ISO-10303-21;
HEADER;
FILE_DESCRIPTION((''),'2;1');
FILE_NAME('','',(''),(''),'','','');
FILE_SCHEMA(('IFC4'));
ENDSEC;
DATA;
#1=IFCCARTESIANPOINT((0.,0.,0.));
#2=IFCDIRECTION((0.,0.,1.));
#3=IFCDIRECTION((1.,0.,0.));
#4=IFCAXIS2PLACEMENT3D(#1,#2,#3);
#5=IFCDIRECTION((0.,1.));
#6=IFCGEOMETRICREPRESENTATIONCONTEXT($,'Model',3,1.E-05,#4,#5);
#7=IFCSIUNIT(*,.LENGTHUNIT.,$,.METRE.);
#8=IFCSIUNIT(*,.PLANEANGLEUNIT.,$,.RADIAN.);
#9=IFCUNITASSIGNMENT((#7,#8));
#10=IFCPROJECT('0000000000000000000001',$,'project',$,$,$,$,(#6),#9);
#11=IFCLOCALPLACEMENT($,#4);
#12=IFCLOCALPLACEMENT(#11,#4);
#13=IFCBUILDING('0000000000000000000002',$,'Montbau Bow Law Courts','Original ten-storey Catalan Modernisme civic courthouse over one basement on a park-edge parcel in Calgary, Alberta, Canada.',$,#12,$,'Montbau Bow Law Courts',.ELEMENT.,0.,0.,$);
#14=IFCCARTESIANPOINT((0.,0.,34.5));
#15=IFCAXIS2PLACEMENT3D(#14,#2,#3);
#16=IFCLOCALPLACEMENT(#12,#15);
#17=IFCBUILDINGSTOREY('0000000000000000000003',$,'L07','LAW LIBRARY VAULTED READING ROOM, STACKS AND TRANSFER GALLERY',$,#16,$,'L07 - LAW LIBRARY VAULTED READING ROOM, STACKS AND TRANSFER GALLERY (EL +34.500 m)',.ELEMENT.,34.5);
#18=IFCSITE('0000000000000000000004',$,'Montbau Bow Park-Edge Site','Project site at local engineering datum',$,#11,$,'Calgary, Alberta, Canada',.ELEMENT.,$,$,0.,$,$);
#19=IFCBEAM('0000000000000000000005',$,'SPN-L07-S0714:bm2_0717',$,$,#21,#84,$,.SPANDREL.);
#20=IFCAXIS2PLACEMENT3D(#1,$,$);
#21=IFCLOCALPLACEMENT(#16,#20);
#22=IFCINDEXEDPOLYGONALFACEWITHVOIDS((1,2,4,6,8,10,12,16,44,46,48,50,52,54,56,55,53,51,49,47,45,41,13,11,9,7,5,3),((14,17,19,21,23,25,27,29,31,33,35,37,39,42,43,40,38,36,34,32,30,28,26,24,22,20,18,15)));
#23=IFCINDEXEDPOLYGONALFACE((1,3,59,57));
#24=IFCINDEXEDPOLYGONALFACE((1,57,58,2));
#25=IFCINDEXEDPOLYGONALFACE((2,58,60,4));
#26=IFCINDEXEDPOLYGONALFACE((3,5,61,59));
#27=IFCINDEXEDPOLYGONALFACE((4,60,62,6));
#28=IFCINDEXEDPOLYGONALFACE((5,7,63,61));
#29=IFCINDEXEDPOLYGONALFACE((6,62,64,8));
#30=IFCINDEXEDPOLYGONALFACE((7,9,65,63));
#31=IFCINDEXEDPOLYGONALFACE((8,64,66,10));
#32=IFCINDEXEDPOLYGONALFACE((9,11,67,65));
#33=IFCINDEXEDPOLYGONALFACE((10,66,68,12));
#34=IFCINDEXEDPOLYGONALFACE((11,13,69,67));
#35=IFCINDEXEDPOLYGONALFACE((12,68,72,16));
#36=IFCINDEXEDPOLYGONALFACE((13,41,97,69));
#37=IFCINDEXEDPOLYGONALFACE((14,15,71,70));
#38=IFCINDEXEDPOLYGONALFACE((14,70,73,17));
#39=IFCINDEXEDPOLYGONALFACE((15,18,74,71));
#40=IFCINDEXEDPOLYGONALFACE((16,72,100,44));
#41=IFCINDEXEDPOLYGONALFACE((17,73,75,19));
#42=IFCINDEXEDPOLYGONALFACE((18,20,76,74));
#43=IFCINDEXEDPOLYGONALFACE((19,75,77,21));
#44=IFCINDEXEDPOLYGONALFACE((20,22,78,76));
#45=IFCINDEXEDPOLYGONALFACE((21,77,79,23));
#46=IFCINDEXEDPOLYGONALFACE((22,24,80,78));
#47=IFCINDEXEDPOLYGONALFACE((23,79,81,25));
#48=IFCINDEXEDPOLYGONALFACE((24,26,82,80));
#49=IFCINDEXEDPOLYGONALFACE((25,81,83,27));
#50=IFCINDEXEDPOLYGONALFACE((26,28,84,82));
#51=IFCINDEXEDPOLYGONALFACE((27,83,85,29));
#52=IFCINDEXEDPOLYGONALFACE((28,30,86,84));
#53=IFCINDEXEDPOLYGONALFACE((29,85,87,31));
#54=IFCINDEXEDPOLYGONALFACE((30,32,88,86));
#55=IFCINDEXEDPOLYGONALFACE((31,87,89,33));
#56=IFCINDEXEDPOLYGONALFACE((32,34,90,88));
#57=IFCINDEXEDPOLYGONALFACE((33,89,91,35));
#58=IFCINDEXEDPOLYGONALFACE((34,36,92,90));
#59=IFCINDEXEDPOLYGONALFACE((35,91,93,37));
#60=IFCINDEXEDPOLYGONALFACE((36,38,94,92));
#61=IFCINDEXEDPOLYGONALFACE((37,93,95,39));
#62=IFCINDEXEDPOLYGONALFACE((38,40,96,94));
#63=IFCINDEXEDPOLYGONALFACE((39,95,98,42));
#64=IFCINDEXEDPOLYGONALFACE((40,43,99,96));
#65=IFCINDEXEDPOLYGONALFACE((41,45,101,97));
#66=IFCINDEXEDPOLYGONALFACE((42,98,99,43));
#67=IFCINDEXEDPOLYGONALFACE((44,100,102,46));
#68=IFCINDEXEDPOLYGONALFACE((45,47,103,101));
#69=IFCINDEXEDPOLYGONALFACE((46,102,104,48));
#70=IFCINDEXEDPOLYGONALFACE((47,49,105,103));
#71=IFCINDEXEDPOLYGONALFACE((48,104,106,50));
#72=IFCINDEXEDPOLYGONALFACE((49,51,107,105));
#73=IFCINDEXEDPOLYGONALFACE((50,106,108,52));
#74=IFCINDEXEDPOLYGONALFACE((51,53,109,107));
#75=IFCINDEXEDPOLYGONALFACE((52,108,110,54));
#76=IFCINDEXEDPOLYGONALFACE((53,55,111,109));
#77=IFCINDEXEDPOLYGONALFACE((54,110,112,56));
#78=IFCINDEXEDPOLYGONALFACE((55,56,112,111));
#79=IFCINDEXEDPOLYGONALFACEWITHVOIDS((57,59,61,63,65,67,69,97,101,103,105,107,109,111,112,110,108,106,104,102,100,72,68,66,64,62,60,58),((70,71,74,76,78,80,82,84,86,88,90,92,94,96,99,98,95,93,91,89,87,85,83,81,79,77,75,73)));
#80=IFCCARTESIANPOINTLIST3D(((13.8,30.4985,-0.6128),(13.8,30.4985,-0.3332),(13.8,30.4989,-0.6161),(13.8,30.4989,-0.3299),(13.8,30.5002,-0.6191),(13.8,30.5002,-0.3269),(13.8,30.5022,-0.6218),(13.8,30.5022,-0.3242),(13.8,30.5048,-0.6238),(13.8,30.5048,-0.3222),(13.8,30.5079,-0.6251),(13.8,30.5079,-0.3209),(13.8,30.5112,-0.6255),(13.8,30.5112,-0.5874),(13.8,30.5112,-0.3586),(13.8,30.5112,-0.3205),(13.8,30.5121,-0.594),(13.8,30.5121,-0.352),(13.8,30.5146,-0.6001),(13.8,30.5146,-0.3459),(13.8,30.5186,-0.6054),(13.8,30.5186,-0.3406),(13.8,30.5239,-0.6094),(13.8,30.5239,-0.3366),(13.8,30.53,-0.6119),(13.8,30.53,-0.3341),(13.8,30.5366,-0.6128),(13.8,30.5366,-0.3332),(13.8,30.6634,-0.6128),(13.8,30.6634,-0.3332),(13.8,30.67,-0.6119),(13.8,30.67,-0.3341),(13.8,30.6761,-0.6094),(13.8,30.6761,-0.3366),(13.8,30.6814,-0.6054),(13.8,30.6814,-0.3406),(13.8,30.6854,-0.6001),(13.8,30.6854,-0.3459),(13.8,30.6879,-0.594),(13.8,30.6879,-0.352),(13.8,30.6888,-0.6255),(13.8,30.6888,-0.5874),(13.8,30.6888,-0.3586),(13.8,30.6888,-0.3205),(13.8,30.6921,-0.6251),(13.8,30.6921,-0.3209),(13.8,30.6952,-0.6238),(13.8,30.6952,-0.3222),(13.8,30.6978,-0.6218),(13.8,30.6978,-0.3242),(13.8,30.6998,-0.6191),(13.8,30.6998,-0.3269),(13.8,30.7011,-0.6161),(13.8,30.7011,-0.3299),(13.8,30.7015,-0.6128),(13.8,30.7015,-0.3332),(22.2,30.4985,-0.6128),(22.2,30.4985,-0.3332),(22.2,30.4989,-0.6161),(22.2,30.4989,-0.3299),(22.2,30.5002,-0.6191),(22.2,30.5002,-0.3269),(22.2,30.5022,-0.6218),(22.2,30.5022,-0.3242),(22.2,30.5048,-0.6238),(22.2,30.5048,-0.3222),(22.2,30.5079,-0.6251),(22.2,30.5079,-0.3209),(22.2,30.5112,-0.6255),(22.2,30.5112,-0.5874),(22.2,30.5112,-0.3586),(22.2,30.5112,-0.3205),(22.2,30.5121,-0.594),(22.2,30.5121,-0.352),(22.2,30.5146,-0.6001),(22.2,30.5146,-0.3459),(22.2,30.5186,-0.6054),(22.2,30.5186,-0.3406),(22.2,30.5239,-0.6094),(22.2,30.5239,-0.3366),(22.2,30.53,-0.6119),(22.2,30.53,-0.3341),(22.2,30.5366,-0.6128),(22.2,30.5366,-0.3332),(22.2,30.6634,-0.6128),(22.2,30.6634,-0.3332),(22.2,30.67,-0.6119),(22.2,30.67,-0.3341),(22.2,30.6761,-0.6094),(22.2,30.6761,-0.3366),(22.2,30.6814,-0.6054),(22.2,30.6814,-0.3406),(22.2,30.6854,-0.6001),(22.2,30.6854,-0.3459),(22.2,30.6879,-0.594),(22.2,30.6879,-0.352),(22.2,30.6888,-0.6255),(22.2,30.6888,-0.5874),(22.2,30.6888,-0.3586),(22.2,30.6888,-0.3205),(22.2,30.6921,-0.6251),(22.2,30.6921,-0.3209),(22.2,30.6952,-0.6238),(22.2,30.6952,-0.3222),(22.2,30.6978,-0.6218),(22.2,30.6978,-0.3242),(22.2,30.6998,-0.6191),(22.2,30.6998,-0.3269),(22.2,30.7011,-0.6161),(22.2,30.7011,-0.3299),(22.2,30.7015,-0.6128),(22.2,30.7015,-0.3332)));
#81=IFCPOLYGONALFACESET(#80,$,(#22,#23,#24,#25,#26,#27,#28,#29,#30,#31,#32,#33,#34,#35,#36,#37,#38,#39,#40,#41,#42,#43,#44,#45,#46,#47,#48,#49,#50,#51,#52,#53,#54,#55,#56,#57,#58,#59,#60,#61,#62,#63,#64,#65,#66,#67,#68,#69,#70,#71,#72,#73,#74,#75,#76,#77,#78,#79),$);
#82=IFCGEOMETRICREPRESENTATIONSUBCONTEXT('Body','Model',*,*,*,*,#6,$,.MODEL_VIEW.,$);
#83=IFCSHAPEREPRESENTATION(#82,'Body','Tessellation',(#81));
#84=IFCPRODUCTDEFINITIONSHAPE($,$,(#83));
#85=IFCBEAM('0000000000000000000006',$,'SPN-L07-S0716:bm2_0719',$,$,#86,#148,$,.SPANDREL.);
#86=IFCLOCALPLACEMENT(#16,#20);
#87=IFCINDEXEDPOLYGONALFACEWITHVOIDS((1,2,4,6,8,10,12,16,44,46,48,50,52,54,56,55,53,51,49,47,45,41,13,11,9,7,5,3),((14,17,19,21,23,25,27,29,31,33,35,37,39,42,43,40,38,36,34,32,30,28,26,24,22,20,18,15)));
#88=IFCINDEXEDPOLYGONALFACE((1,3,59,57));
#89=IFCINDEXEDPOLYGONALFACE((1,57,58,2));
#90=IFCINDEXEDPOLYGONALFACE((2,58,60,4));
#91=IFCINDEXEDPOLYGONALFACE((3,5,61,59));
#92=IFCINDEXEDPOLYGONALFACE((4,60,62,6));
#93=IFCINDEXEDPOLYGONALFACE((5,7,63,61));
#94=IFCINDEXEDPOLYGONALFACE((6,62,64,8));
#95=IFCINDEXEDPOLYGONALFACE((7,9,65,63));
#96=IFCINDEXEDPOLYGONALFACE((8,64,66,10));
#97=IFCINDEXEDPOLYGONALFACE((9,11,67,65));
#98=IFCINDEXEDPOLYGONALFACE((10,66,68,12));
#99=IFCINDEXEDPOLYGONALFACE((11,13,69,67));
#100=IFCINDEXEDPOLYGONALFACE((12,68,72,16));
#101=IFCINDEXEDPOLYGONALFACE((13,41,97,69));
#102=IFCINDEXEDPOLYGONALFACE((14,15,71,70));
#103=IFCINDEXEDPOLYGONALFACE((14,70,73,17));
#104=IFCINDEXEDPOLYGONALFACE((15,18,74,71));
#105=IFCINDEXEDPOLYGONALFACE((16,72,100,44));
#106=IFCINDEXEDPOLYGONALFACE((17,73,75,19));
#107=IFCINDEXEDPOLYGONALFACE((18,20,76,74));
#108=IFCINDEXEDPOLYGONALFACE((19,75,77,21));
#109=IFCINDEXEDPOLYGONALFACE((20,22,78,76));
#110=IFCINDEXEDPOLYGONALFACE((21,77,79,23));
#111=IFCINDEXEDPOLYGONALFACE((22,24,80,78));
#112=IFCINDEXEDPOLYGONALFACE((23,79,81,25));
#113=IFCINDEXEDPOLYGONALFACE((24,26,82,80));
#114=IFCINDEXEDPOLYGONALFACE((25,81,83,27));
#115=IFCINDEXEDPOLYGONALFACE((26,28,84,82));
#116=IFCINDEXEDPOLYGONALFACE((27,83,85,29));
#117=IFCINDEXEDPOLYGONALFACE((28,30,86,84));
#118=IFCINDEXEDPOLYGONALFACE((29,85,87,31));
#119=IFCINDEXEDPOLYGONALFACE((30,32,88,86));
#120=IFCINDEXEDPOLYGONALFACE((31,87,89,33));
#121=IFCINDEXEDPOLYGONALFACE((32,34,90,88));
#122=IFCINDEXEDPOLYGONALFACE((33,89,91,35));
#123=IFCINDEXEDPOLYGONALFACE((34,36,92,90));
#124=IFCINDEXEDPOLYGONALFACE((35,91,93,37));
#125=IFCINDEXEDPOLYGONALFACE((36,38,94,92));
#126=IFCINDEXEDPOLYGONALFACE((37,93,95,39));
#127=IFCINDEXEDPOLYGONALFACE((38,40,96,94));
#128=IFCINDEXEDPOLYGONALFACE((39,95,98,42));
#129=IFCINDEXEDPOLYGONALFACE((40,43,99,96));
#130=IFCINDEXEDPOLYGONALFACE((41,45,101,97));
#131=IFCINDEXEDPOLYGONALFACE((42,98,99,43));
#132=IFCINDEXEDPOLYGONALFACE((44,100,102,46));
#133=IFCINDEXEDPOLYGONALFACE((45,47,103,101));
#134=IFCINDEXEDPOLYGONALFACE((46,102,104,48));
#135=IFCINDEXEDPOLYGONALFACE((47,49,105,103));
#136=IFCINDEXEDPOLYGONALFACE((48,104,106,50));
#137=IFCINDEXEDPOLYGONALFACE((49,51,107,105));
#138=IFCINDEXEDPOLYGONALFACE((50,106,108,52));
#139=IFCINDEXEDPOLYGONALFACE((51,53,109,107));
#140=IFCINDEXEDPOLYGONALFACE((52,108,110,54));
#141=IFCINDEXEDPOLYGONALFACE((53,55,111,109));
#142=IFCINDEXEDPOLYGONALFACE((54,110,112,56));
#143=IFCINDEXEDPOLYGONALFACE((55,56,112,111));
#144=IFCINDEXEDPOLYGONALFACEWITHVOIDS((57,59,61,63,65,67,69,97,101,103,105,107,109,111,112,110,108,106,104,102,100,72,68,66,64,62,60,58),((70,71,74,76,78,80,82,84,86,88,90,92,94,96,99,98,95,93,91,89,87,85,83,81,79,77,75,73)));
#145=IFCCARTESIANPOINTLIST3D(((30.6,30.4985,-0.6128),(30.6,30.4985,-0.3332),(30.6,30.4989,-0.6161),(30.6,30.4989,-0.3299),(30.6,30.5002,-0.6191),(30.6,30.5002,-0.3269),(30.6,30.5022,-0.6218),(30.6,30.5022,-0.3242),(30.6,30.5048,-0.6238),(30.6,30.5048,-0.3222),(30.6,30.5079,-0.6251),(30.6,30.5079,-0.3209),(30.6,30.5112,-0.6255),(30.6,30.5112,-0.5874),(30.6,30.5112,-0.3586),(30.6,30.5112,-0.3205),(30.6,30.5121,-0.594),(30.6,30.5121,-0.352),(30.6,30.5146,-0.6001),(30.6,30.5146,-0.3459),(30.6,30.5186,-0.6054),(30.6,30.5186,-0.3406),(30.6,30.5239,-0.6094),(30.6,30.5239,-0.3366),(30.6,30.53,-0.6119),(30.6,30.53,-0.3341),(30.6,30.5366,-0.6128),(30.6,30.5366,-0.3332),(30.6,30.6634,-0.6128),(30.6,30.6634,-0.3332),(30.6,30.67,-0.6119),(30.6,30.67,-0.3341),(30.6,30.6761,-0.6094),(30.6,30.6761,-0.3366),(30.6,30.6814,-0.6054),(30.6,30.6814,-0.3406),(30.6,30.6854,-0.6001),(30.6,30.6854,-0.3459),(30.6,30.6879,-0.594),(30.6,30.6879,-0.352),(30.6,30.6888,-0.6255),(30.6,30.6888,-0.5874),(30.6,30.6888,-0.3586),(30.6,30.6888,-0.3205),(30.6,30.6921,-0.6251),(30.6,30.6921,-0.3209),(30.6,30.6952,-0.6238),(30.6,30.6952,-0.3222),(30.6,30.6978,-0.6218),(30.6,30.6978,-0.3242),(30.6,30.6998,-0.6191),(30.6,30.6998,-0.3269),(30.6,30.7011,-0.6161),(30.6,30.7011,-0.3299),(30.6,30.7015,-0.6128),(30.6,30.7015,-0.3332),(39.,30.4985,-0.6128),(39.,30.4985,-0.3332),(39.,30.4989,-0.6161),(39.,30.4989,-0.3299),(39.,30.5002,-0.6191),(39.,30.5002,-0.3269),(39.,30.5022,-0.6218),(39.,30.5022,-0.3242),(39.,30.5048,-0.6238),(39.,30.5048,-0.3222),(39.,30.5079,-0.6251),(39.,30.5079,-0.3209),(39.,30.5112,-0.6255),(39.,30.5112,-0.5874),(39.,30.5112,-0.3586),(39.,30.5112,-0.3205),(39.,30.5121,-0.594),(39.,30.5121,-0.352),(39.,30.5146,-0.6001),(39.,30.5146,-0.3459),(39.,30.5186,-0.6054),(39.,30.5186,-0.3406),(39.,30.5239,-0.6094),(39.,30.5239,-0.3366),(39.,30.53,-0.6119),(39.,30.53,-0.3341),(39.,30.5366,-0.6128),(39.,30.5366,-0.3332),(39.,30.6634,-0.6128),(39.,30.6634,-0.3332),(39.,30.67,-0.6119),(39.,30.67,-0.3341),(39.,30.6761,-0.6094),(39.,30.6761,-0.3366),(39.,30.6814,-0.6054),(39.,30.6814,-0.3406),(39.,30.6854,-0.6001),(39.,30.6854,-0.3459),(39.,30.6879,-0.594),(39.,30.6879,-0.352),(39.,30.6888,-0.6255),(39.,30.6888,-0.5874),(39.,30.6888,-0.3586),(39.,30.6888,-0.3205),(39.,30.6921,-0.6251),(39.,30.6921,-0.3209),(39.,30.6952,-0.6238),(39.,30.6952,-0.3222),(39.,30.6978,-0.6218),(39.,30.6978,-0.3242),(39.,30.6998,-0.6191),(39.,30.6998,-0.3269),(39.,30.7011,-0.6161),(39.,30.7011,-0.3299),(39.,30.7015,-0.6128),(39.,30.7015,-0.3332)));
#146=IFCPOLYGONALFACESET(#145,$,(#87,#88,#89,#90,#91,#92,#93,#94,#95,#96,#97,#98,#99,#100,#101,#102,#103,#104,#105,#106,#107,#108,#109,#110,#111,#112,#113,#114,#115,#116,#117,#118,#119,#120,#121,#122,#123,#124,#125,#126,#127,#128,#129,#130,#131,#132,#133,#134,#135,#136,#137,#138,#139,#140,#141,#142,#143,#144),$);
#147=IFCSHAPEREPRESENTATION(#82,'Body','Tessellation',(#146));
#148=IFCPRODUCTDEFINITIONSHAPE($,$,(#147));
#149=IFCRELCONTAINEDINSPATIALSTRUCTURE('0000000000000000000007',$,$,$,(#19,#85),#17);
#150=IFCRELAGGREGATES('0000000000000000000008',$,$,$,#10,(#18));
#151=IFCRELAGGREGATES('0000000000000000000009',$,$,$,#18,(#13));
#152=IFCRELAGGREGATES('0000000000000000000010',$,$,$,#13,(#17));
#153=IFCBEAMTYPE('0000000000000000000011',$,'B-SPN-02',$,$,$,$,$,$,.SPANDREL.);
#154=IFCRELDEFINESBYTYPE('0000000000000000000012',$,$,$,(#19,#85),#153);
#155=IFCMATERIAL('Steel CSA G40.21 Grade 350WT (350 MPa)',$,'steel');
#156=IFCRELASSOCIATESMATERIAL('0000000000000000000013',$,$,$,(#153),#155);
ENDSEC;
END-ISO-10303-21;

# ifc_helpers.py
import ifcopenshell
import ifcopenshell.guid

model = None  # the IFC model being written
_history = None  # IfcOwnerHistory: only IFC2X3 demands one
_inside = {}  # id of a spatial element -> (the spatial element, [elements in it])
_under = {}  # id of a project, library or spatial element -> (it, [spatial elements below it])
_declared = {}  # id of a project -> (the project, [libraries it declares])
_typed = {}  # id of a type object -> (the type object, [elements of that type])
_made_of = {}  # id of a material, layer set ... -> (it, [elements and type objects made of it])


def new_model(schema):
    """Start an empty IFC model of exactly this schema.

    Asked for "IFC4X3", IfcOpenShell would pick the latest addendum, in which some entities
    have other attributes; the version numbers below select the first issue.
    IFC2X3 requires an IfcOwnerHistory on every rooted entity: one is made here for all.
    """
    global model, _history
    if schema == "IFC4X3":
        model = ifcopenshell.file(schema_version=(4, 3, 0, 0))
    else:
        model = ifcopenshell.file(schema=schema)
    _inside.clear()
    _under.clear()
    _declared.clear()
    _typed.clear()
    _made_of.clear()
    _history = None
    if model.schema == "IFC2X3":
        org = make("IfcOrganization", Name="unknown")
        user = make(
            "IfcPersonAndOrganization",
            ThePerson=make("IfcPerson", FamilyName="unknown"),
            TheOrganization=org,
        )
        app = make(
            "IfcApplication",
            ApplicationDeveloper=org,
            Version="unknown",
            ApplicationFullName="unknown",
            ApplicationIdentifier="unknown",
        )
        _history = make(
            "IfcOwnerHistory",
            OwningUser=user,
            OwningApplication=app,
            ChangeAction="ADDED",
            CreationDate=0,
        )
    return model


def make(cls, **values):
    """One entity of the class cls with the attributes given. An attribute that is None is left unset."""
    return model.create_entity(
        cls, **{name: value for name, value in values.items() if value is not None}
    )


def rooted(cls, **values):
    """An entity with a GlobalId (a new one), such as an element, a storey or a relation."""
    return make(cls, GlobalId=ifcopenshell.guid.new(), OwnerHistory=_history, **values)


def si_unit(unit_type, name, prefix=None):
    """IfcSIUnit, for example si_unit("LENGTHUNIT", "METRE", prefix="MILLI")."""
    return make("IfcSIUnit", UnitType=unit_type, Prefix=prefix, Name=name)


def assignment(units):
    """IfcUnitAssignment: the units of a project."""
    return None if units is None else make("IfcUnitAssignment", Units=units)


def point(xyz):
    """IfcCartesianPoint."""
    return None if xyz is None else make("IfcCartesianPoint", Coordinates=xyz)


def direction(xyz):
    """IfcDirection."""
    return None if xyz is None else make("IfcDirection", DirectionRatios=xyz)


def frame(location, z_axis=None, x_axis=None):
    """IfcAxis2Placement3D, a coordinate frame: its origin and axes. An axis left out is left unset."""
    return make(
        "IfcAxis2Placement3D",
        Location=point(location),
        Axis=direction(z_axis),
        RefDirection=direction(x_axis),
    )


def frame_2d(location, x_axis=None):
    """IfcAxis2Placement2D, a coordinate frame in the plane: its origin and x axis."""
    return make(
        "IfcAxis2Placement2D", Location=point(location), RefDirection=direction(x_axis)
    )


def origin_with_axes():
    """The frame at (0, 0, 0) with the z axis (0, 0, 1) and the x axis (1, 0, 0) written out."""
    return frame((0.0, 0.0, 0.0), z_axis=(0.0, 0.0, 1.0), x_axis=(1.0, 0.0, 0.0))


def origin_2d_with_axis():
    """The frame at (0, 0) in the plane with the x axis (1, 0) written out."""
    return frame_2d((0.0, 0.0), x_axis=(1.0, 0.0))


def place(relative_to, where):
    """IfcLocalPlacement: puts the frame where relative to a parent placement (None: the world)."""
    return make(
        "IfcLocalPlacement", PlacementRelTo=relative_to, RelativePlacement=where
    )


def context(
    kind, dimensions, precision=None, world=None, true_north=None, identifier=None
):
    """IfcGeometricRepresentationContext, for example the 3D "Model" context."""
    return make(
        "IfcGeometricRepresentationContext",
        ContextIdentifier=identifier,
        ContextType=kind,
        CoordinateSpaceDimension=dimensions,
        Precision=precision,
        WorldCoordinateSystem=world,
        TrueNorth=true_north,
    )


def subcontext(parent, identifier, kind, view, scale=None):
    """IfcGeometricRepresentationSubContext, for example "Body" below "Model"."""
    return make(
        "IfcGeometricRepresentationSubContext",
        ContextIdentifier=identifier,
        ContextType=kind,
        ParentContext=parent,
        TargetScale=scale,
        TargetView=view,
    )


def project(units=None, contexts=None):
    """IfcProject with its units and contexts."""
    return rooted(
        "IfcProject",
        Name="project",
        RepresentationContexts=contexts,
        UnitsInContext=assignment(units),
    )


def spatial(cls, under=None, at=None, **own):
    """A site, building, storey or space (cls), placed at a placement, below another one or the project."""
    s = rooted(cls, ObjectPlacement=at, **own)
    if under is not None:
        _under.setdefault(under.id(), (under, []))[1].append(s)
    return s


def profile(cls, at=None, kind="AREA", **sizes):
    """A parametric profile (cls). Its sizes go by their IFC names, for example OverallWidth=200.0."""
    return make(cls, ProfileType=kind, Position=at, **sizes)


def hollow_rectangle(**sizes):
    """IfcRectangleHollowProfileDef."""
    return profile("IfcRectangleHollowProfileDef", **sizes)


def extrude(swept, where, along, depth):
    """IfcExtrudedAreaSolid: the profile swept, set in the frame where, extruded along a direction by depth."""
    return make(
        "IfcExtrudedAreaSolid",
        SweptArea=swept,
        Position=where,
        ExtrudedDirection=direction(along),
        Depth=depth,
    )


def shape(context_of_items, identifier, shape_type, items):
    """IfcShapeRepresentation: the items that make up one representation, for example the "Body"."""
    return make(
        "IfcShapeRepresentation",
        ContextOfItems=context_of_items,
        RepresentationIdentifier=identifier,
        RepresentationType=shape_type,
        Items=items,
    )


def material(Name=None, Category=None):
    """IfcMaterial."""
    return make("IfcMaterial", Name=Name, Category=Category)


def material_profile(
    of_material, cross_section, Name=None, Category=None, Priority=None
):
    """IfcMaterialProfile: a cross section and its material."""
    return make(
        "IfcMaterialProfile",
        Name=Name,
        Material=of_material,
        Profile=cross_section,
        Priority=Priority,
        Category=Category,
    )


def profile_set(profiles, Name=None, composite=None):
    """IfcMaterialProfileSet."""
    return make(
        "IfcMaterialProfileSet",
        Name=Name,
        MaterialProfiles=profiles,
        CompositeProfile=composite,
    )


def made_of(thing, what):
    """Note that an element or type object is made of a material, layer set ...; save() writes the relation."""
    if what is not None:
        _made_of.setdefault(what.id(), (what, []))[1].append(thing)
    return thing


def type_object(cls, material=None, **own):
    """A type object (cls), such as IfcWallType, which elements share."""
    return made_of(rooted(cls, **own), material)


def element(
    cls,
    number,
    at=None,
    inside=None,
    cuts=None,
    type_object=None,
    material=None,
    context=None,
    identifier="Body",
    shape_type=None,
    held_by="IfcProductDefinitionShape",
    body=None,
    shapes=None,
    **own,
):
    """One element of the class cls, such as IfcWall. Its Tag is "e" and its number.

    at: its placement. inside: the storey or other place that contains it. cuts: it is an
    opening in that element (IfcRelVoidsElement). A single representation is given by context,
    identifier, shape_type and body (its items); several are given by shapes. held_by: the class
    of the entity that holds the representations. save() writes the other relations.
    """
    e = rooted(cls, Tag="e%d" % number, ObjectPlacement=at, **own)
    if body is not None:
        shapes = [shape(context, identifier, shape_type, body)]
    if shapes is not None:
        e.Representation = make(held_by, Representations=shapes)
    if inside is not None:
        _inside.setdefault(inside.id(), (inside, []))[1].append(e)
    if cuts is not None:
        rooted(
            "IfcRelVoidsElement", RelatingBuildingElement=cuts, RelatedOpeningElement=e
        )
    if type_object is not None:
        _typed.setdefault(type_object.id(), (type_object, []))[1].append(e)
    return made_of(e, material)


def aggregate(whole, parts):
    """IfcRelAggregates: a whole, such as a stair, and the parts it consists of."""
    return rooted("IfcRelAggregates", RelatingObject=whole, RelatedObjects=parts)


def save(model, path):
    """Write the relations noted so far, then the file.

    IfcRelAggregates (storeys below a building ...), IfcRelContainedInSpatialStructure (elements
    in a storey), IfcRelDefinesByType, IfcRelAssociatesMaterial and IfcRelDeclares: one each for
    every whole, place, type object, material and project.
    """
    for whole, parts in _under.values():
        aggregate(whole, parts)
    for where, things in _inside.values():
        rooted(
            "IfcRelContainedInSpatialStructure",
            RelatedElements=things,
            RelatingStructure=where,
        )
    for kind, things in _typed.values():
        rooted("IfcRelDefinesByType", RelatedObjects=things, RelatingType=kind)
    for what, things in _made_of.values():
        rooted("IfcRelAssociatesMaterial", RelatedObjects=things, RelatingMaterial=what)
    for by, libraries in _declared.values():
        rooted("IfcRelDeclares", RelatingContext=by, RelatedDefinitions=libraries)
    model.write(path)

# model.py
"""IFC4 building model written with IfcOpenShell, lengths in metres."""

from ifc_helpers import new_model, si_unit, direction, frame, origin_with_axes, origin_2d_with_axis, place, context, subcontext, project, spatial, hollow_rectangle, extrude, material, material_profile, profile_set, type_object, element, save


model = new_model("IFC4")

# Units and contexts
model_context = context("Model", 3, precision=1e-05, world=origin_with_axes(), true_north=direction((0.0, 1.0)))
body_context = subcontext(model_context, "Body", "Model", "MODEL_VIEW")
ifc_project = project(units=[si_unit("LENGTHUNIT", "METRE"), si_unit("PLANEANGLEUNIT", "RADIAN")], contexts=[model_context])

# Site, building, storey
site_placement = place(None, origin_with_axes())
site = spatial("IfcSite", under=ifc_project, at=site_placement, Name="Montbau Bow Park-Edge Site", Description="Project site at local engineering datum", LongName="Calgary, Alberta, Canada", CompositionType="ELEMENT", RefElevation=0.0)
building_placement = place(site_placement, origin_with_axes())
building = spatial("IfcBuilding", under=site, at=building_placement, Name="Montbau Bow Law Courts", Description="Original ten-storey Catalan Modernisme civic courthouse over one basement on a park-edge parcel in Calgary, Alberta, Canada.", LongName="Montbau Bow Law Courts", CompositionType="ELEMENT", ElevationOfRefHeight=0.0, ElevationOfTerrain=0.0)
storey_placement = place(building_placement, frame((0.0, 0.0, 34.5), z_axis=(0.0, 0.0, 1.0), x_axis=(1.0, 0.0, 0.0)))
storey = spatial("IfcBuildingStorey", under=building, at=storey_placement, Name="L07", Description="LAW LIBRARY VAULTED READING ROOM, STACKS AND TRANSFER GALLERY", LongName="L07 - LAW LIBRARY VAULTED READING ROOM, STACKS AND TRANSFER GALLERY (EL +34.500 m)", CompositionType="ELEMENT", Elevation=34.5)

# Beams
ifc_material_1 = material(Name="Steel CSA G40.21 Grade 350WT (350 MPa)", Category="steel")
ifc_material_profile_1 = material_profile(ifc_material_1, hollow_rectangle(XDim=0.203, YDim=0.305, WallThickness=0.0127, InnerFilletRadius=0.0254, OuterFilletRadius=0.0127, at=origin_2d_with_axis()), Name="HSS305X203X13", Category="Main", Priority=0)
ifc_profile_set_1 = profile_set([ifc_material_profile_1], Name="Steel CSA G40.21 Grade 350WT (350 MPa)")
beam_type_1 = type_object("IfcBeamType", Name="B-SPN-02", PredefinedType="SPANDREL", material=ifc_profile_set_1)
for number, where, z_axis, x_axis, name in (
    (1, (13.8, 30.6, 34.027), (1.0, 0.0, 0.0), (0.0, 1.0, 0.0), "SPN-L07-S0714:bm2_0717"),
    (2, (30.6, 30.6, 34.027), (1.0, 0.0, 0.0), (0.0, 1.0, 0.0), "SPN-L07-S0716:bm2_0719"),
):
    element("IfcBeam", number, at=place(None, frame(where, z_axis=z_axis, x_axis=x_axis)), inside=storey, type_object=beam_type_1, Name=name, PredefinedType="SPANDREL", context=body_context, shape_type="SweptSolid", body=[
        extrude(hollow_rectangle(XDim=0.203, YDim=0.305, WallThickness=0.0127, InnerFilletRadius=0.0254, OuterFilletRadius=0.0127, at=origin_2d_with_axis()), origin_with_axes(), (0.0, 0.0, 1.0), 8.4),
    ])

save(model, "model.ifc")
